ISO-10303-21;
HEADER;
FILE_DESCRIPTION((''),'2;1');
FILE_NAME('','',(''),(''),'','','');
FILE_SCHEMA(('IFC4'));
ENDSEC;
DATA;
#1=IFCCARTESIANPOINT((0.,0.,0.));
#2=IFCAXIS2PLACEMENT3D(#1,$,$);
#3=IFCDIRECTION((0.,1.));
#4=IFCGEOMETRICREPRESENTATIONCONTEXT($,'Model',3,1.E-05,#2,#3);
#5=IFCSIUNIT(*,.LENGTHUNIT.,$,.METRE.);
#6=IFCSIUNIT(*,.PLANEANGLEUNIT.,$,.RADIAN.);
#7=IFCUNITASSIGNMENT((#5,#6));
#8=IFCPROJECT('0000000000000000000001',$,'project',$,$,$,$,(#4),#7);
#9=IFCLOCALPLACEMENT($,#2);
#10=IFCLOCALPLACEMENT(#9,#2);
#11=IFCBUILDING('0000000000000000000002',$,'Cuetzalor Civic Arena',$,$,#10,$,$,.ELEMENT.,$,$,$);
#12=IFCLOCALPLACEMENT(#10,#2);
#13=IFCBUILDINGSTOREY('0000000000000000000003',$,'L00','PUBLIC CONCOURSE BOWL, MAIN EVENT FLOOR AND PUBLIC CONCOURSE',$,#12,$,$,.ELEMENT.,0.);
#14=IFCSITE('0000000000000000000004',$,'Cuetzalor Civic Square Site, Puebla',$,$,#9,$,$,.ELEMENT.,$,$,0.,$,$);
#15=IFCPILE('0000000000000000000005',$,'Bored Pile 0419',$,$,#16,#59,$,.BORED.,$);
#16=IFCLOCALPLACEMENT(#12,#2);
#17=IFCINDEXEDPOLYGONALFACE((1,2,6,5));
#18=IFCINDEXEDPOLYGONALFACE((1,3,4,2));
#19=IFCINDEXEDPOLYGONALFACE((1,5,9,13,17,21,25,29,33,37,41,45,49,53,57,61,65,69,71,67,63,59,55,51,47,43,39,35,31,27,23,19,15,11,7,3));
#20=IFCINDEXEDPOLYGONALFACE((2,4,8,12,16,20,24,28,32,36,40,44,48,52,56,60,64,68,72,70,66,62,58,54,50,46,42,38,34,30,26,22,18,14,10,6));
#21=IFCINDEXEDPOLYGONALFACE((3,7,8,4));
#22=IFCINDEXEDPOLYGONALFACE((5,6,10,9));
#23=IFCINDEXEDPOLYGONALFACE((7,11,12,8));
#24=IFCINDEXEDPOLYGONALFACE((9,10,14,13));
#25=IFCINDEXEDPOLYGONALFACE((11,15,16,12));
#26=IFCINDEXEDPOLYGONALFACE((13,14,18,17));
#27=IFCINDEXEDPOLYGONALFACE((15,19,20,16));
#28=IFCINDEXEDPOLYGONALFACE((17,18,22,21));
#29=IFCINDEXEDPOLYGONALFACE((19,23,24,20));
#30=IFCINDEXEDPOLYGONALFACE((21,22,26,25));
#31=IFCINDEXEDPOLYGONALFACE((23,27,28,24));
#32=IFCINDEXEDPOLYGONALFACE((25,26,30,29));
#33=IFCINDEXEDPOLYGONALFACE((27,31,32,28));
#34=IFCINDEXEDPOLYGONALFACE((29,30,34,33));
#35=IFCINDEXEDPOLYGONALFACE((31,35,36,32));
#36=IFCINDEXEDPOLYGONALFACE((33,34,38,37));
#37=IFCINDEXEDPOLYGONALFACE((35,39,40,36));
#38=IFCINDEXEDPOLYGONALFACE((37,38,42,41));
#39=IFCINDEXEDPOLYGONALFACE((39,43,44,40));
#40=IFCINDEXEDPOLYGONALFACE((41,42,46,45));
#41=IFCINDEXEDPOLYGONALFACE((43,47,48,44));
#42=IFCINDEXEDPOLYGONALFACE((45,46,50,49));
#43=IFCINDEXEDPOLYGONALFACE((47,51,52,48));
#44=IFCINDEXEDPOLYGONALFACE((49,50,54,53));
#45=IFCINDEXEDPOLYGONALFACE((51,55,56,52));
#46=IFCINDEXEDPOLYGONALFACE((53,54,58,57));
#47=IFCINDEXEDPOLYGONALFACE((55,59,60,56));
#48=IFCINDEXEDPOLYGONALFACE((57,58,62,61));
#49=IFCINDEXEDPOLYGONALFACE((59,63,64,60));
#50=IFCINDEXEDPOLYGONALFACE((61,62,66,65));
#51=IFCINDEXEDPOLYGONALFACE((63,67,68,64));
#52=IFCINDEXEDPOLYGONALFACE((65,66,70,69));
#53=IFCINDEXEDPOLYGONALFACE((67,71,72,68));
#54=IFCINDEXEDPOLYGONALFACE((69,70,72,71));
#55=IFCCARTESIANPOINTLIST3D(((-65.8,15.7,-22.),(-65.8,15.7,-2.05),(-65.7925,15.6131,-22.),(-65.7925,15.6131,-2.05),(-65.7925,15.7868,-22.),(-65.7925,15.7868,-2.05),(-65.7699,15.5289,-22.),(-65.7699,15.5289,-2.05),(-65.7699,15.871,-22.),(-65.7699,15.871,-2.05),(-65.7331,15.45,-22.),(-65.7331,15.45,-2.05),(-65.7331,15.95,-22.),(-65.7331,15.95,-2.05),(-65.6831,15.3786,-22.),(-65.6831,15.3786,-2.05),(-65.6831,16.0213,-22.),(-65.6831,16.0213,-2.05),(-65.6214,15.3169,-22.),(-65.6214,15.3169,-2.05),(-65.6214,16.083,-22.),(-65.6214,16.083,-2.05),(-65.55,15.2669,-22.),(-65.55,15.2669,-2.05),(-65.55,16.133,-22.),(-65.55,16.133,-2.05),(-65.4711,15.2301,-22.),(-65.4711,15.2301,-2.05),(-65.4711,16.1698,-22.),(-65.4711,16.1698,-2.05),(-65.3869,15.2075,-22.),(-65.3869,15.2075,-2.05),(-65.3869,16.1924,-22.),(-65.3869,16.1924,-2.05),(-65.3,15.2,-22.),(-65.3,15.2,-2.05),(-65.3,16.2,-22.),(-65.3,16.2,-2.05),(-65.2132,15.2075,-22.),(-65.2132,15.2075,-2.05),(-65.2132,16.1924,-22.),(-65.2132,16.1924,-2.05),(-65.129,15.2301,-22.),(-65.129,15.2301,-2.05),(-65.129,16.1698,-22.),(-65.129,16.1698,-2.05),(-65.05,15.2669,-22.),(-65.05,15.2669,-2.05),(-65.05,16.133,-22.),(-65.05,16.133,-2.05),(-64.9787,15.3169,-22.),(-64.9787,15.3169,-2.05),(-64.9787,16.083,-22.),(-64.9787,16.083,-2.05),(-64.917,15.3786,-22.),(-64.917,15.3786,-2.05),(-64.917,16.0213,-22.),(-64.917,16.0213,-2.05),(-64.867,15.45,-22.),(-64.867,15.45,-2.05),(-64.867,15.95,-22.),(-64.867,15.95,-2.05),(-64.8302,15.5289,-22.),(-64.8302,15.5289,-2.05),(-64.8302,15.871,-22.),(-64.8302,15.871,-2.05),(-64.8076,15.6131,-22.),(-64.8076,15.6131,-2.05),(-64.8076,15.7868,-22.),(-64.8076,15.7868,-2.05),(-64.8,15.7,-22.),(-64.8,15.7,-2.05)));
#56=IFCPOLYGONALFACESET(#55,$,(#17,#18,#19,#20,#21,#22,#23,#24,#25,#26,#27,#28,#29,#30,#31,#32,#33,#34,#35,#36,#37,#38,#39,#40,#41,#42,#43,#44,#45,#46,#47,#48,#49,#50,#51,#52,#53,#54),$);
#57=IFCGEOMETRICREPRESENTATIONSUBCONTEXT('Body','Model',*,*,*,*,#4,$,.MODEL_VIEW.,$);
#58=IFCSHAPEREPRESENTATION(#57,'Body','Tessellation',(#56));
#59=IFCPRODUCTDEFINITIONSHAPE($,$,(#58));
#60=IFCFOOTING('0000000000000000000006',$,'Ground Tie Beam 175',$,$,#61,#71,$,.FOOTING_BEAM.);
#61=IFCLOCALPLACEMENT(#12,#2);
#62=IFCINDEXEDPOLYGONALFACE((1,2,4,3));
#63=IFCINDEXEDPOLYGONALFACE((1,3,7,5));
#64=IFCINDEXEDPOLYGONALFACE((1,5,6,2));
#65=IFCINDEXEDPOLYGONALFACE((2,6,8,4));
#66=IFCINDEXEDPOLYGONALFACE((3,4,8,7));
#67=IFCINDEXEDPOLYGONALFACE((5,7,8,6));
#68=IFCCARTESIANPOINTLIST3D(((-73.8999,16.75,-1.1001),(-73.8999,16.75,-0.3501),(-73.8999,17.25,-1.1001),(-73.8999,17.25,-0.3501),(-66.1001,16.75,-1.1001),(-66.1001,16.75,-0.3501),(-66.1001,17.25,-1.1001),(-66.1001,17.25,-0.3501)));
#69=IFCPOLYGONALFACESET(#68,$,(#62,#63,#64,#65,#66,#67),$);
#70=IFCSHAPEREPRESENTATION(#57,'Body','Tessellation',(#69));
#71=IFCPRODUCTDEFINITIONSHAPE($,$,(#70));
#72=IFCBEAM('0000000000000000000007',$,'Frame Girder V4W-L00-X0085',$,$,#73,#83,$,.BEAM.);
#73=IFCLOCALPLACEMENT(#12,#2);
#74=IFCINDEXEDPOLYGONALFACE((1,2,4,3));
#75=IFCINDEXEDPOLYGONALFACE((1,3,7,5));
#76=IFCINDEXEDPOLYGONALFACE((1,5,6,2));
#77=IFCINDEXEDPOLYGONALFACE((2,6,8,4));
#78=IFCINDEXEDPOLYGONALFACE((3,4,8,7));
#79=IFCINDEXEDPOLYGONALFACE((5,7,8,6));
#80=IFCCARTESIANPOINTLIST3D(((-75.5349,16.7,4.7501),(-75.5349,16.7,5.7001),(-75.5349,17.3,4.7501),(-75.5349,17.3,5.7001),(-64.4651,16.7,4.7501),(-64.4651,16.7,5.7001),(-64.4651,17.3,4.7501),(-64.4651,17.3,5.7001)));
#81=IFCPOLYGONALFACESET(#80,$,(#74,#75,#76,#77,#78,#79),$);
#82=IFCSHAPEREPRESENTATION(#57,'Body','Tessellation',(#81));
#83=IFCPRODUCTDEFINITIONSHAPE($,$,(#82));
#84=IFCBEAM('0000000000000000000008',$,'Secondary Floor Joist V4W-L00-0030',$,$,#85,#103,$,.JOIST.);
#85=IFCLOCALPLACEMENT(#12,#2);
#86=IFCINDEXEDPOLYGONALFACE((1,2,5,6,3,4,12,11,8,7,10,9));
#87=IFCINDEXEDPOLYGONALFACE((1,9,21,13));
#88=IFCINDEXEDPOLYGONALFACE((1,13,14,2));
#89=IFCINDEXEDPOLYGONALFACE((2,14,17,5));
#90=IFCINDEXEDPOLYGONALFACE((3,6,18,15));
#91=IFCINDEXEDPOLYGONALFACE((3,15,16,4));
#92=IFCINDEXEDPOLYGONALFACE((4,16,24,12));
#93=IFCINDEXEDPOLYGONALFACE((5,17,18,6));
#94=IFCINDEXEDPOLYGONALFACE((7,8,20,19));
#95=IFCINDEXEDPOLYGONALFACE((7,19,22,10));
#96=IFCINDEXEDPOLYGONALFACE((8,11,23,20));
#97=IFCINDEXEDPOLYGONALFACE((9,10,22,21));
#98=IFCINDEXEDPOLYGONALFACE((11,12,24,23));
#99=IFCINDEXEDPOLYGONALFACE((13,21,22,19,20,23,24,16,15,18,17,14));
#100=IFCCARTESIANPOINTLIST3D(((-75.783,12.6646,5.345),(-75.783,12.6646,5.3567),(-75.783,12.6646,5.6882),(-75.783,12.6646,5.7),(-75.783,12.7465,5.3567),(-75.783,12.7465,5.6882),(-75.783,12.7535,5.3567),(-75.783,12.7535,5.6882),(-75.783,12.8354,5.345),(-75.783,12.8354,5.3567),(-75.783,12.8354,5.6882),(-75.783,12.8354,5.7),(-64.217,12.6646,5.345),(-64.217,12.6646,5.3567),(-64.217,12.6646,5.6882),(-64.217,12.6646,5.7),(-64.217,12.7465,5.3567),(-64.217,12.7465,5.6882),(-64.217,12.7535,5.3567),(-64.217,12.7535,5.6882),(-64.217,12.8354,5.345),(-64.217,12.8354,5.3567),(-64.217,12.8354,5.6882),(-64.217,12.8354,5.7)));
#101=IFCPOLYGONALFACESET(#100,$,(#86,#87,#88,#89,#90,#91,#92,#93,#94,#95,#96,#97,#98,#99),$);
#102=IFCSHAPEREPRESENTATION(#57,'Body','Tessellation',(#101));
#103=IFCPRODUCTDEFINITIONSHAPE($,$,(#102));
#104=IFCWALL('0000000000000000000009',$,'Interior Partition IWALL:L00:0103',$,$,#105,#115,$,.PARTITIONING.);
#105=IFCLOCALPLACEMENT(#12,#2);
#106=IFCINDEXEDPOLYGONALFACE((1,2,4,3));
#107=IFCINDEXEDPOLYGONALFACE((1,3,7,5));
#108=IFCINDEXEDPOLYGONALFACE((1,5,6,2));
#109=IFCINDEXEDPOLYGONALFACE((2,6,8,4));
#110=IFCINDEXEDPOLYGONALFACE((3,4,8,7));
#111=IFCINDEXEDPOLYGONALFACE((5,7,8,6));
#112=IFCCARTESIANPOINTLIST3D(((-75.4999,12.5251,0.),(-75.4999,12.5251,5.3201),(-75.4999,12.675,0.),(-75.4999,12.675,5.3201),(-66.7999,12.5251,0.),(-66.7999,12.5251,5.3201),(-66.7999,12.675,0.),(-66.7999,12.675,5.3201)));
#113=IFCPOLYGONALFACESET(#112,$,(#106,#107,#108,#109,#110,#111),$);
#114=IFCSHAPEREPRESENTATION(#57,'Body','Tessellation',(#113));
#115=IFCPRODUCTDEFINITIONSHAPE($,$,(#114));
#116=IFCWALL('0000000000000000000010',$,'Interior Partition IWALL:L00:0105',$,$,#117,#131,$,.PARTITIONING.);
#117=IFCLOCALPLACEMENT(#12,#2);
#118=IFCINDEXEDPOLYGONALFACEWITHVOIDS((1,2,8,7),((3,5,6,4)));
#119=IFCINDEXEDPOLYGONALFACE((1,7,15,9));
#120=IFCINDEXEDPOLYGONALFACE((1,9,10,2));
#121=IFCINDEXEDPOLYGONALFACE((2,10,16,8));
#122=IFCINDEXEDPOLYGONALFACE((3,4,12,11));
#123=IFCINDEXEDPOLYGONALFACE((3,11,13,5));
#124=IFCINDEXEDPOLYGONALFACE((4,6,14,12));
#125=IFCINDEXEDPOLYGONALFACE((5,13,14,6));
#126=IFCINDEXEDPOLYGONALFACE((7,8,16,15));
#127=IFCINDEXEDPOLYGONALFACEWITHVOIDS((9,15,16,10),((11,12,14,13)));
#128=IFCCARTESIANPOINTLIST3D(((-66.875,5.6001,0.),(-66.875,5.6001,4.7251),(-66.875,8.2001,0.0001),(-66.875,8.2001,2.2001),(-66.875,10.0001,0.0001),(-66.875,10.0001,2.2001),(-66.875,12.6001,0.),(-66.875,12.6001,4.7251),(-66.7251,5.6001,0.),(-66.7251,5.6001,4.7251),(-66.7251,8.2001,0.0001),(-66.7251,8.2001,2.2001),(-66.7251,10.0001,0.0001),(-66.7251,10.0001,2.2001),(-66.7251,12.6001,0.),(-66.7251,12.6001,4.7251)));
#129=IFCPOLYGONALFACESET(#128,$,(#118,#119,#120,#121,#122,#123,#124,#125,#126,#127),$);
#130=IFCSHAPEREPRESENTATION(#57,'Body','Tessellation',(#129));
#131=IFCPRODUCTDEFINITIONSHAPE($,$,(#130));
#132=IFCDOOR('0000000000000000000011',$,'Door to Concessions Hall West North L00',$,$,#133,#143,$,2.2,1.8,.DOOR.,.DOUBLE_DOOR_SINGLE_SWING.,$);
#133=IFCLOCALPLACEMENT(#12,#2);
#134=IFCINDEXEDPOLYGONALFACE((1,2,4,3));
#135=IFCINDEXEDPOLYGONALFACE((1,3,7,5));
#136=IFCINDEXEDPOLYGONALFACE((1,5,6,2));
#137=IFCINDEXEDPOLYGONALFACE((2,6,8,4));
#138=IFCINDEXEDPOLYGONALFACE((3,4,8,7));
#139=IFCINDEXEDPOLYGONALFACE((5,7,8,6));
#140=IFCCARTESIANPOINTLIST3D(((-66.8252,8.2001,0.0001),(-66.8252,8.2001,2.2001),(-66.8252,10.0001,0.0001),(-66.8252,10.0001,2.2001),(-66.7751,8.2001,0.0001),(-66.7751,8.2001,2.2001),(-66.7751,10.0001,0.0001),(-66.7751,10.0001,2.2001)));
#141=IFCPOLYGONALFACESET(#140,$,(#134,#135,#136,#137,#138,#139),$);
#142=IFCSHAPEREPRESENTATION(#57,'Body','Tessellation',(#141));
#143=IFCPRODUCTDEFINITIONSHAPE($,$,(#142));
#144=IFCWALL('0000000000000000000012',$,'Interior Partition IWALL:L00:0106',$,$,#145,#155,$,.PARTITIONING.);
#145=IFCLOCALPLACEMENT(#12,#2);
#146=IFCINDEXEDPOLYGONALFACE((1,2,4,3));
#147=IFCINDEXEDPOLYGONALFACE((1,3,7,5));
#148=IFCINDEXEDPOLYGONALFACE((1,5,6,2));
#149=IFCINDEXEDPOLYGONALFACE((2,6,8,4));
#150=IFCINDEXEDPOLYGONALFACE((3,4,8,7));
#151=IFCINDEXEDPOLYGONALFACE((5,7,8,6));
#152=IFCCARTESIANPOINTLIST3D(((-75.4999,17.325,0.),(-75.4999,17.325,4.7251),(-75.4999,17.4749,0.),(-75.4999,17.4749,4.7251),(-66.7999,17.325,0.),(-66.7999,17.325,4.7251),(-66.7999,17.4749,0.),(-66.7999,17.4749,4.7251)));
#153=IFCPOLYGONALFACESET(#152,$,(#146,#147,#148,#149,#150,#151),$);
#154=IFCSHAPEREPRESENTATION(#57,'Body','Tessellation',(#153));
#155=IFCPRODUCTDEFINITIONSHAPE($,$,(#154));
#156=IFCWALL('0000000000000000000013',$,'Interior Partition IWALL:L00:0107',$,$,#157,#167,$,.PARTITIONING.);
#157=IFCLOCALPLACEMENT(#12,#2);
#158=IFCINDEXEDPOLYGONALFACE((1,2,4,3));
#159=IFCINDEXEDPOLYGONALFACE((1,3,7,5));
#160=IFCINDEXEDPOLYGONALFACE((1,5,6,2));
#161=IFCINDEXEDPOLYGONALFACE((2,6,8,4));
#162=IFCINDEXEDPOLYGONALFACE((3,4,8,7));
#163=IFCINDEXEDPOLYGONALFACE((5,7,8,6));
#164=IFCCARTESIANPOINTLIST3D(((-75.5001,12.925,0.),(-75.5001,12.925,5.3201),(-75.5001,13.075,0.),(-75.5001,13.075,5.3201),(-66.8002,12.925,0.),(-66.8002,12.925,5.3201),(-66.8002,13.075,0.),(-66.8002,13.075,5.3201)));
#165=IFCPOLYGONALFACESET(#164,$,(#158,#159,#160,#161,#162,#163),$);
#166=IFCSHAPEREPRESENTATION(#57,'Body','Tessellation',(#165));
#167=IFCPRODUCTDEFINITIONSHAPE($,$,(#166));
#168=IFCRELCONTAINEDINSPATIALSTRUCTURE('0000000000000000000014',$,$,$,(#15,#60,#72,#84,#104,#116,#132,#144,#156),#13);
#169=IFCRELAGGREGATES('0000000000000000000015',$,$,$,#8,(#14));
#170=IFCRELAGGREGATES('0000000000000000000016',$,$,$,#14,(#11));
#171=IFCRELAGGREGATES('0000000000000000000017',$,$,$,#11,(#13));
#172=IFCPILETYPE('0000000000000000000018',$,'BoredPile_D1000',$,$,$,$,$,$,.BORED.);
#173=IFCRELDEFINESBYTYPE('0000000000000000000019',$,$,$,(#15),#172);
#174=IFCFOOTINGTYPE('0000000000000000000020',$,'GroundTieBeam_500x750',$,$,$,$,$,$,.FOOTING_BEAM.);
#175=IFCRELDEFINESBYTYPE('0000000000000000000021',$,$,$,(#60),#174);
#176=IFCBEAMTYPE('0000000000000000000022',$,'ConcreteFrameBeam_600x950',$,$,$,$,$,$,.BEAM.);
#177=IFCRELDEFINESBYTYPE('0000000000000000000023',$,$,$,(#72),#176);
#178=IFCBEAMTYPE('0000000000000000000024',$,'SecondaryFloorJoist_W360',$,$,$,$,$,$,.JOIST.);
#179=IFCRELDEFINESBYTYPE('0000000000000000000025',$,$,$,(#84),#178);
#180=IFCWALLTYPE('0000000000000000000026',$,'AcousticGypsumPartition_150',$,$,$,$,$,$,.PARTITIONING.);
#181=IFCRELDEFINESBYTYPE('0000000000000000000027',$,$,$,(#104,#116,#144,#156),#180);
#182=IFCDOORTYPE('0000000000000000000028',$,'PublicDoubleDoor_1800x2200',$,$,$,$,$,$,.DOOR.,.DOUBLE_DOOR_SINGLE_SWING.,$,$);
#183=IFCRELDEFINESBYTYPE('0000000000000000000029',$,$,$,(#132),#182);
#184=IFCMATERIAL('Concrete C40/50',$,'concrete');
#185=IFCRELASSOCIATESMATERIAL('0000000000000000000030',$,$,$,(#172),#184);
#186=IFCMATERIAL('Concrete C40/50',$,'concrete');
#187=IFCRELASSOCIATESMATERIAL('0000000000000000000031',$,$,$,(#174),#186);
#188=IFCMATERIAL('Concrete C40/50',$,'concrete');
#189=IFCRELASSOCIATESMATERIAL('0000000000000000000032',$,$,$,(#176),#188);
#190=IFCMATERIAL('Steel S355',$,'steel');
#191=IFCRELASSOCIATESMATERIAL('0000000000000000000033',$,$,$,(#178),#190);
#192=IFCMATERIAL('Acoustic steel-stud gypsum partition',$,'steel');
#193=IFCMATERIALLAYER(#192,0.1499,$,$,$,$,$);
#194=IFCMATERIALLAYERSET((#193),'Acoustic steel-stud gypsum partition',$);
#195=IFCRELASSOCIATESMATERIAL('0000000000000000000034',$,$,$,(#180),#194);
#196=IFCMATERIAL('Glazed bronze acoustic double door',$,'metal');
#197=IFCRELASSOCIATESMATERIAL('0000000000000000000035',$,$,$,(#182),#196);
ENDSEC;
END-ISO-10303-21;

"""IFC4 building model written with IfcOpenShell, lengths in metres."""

from ifc_helpers import new_model, si_unit, direction, frame, frame_2d, origin, origin_2d, place, context, subcontext, project, spatial, rectangle, circle, i_section, extrude, material, layer, layer_set, material_profile, profile_set, type_object, element, fill, save


model = new_model("IFC4")

# Units and contexts
model_context = context("Model", 3, precision=1e-05, world=origin(), true_north=direction((0.0, 1.0)))
body_context = subcontext(model_context, "Body", "Model", "MODEL_VIEW")
ifc_project = project(units=[si_unit("LENGTHUNIT", "METRE"), si_unit("PLANEANGLEUNIT", "RADIAN")], contexts=[model_context])

# Site, building, storey
site_placement = place(None, origin())
site = spatial("IfcSite", under=ifc_project, at=site_placement, Name="Cuetzalor Civic Square Site, Puebla", CompositionType="ELEMENT", RefElevation=0.0)
building_placement = place(site_placement, origin())
building = spatial("IfcBuilding", under=site, at=building_placement, Name="Cuetzalor Civic Arena", CompositionType="ELEMENT")
storey_placement = place(building_placement, origin())
storey = spatial("IfcBuildingStorey", under=building, at=storey_placement, Name="L00", Description="PUBLIC CONCOURSE BOWL, MAIN EVENT FLOOR AND PUBLIC CONCOURSE", CompositionType="ELEMENT", Elevation=0.0)

# Pile
ifc_material_1 = material(Name="Concrete C40/50", Category="concrete")
ifc_material_profile_1 = material_profile(ifc_material_1, circle(Radius=0.5, at=origin_2d()), Name="BORED PILE D1000")
ifc_profile_set_1 = profile_set([ifc_material_profile_1], Name="Concrete C40/50")
pile_type = type_object("IfcPileType", Name="BoredPile_D1000", PredefinedType="BORED", material=ifc_profile_set_1)
for number, where, z_axis, x_axis, name in (
    (1, (-65.3, 15.7, -2.05), (0.0, 0.0, -1.0), (1.0, 0.0, 0.0), "Bored Pile 0419"),
):
    element("IfcPile", number, at=place(storey_placement, frame(where, z_axis=z_axis, x_axis=x_axis)), inside=storey, type_object=pile_type, Name=name, PredefinedType="BORED", context=body_context, shape_type="SweptSolid", body=[
        extrude(circle(Radius=0.5, at=origin_2d()), origin(), (0.0, 0.0, 1.0), 19.95),
    ])

# Footing
ifc_material_2 = material(Name="Concrete C40/50", Category="concrete")
ifc_material_profile_2 = material_profile(ifc_material_2, rectangle(XDim=0.5, YDim=0.75, at=origin_2d()), Name="RC 500x750")
ifc_profile_set_2 = profile_set([ifc_material_profile_2], Name="Concrete C40/50")
footing_type = type_object("IfcFootingType", Name="GroundTieBeam_500x750", PredefinedType="FOOTING_BEAM", material=ifc_profile_set_2)
footing_placement = place(storey_placement, frame((-73.8999, 17.0, -0.7251), z_axis=(1.0, 0.0, 0.0), x_axis=(0.0, 1.0, 0.0)))
element("IfcFooting", 2, at=footing_placement, inside=storey, type_object=footing_type, Name="Ground Tie Beam 175", PredefinedType="FOOTING_BEAM", context=body_context, shape_type="SweptSolid", body=[
    extrude(rectangle(XDim=0.5, YDim=0.75, at=origin_2d()), origin(), (0.0, 0.0, 1.0), 7.7998),
])

# Beams
ifc_material_3 = material(Name="Concrete C40/50", Category="concrete")
ifc_material_profile_3 = material_profile(ifc_material_3, rectangle(XDim=0.6001, YDim=0.95, at=origin_2d()), Name="RC 600x950")
ifc_profile_set_3 = profile_set([ifc_material_profile_3], Name="Concrete C40/50")
beam_type_1 = type_object("IfcBeamType", Name="ConcreteFrameBeam_600x950", PredefinedType="BEAM", material=ifc_profile_set_3)
beam_1_placement = place(storey_placement, frame((-75.5349, 17.0, 5.2251), z_axis=(1.0, 0.0, 0.0), x_axis=(0.0, 1.0, 0.0)))
element("IfcBeam", 3, at=beam_1_placement, inside=storey, type_object=beam_type_1, Name="Frame Girder V4W-L00-X0085", PredefinedType="BEAM", context=body_context, shape_type="SweptSolid", body=[
    extrude(rectangle(XDim=0.6001, YDim=0.95, at=origin_2d()), origin(), (0.0, 0.0, 1.0), 11.0698),
])
ifc_material_4 = material(Name="Steel S355", Category="steel")
ifc_material_profile_4 = material_profile(ifc_material_4, i_section(OverallWidth=0.1709, OverallDepth=0.355, WebThickness=0.0071, FlangeThickness=0.0117, at=origin_2d()), Name="W360x51")
ifc_profile_set_4 = profile_set([ifc_material_profile_4], Name="Steel S355")
beam_type_2 = type_object("IfcBeamType", Name="SecondaryFloorJoist_W360", PredefinedType="JOIST", material=ifc_profile_set_4)
beam_2_placement = place(storey_placement, frame((-75.783, 12.75, 5.5225), z_axis=(1.0, 0.0, 0.0), x_axis=(0.0, 1.0, 0.0)))
element("IfcBeam", 4, at=beam_2_placement, inside=storey, type_object=beam_type_2, Name="Secondary Floor Joist V4W-L00-0030", PredefinedType="JOIST", context=body_context, shape_type="SweptSolid", body=[
    extrude(i_section(OverallWidth=0.1709, OverallDepth=0.355, WebThickness=0.0071, FlangeThickness=0.0117, at=origin_2d()), origin(), (0.0, 0.0, 1.0), 11.5659),
])

# Wall
ifc_material_5 = material(Name="Acoustic steel-stud gypsum partition", Category="steel")
ifc_layer_1 = layer(ifc_material_5, 0.1499)
ifc_layer_set_1 = layer_set([ifc_layer_1], Name="Acoustic steel-stud gypsum partition")
wall_type_1 = type_object("IfcWallType", Name="AcousticGypsumPartition_150", PredefinedType="PARTITIONING", material=ifc_layer_set_1)
wall_1_placement = place(storey_placement, frame((-75.5, 12.6001, 0.0), z_axis=(0.0, 0.0, 1.0), x_axis=(1.0, 0.0, 0.0)))
element("IfcWall", 5, at=wall_1_placement, inside=storey, type_object=wall_type_1, Name="Interior Partition IWALL:L00:0103", PredefinedType="PARTITIONING", context=body_context, shape_type="SweptSolid", body=[
    extrude(rectangle(XDim=8.7, YDim=0.1499, at=frame_2d((4.3501, 0.0))), origin(), (0.0, 0.0, 1.0), 5.3201),
])

# Wall, opening, door
wall_2_placement = place(storey_placement, frame((-66.8, 12.6001, 0.0), z_axis=(0.0, 0.0, 1.0), x_axis=(0.0, -1.0, 0.0)))
wall_2 = element("IfcWall", 6, at=wall_2_placement, inside=storey, type_object=wall_type_1, Name="Interior Partition IWALL:L00:0105", PredefinedType="PARTITIONING", context=body_context, shape_type="SweptSolid", body=[
    extrude(rectangle(XDim=7.0, YDim=0.1499, at=frame_2d((3.5, 0.0))), origin(), (0.0, 0.0, 1.0), 4.7251),
])
opening_1_placement = place(wall_2_placement, frame((2.6001, 0.0, 0.0)))
opening_1 = element("IfcOpeningElement", 7, at=opening_1_placement, cuts=wall_2, PredefinedType="OPENING", context=body_context, shape_type="SweptSolid", body=[
    extrude(rectangle(XDim=1.8, YDim=2.2, at=frame_2d((0.8999, 1.1001))), frame((0.0, 0.085, 0.0), z_axis=(0.0, -1.0, 0.0), x_axis=(1.0, 0.0, 0.0)), (0.0, 0.0, 1.0), 0.1699),
])
ifc_material_6 = material(Name="Glazed bronze acoustic double door", Category="metal")
door_type_1 = type_object("IfcDoorType", Name="PublicDoubleDoor_1800x2200", OperationType="DOUBLE_DOOR_SINGLE_SWING", PredefinedType="DOOR", material=ifc_material_6)
door_1_placement = place(opening_1_placement, origin())
door_1 = element("IfcDoor", 8, at=door_1_placement, inside=storey, type_object=door_type_1, Name="Door to Concessions Hall West North L00", OperationType="DOUBLE_DOOR_SINGLE_SWING", OverallHeight=2.2, OverallWidth=1.8, PredefinedType="DOOR", context=body_context, shape_type="SweptSolid", body=[
    extrude(rectangle(XDim=1.8, YDim=2.2, at=frame_2d((0.8999, 1.1001))), frame((0.0, 0.0249, 0.0), z_axis=(0.0, -1.0, 0.0), x_axis=(1.0, 0.0, 0.0)), (0.0, 0.0, 1.0), 0.05),
])
fill(opening_1, door_1)

# Walls
wall_3_placement = place(storey_placement, frame((-75.5, 17.3999, 0.0), z_axis=(0.0, 0.0, 1.0), x_axis=(1.0, 0.0, 0.0)))
element("IfcWall", 9, at=wall_3_placement, inside=storey, type_object=wall_type_1, Name="Interior Partition IWALL:L00:0106", PredefinedType="PARTITIONING", context=body_context, shape_type="SweptSolid", body=[
    extrude(rectangle(XDim=8.7, YDim=0.1499, at=frame_2d((4.3501, 0.0))), origin(), (0.0, 0.0, 1.0), 4.7251),
])
wall_4_placement = place(storey_placement, frame((-66.8, 13.0, 0.0), z_axis=(0.0, 0.0, 1.0), x_axis=(-1.0, 0.0, 0.0)))
element("IfcWall", 10, at=wall_4_placement, inside=storey, type_object=wall_type_1, Name="Interior Partition IWALL:L00:0107", PredefinedType="PARTITIONING", context=body_context, shape_type="SweptSolid", body=[
    extrude(rectangle(XDim=8.7, YDim=0.1499, at=frame_2d((4.3501, 0.0))), origin(), (0.0, 0.0, 1.0), 5.3201),
])

save(model, "model.ifc")
